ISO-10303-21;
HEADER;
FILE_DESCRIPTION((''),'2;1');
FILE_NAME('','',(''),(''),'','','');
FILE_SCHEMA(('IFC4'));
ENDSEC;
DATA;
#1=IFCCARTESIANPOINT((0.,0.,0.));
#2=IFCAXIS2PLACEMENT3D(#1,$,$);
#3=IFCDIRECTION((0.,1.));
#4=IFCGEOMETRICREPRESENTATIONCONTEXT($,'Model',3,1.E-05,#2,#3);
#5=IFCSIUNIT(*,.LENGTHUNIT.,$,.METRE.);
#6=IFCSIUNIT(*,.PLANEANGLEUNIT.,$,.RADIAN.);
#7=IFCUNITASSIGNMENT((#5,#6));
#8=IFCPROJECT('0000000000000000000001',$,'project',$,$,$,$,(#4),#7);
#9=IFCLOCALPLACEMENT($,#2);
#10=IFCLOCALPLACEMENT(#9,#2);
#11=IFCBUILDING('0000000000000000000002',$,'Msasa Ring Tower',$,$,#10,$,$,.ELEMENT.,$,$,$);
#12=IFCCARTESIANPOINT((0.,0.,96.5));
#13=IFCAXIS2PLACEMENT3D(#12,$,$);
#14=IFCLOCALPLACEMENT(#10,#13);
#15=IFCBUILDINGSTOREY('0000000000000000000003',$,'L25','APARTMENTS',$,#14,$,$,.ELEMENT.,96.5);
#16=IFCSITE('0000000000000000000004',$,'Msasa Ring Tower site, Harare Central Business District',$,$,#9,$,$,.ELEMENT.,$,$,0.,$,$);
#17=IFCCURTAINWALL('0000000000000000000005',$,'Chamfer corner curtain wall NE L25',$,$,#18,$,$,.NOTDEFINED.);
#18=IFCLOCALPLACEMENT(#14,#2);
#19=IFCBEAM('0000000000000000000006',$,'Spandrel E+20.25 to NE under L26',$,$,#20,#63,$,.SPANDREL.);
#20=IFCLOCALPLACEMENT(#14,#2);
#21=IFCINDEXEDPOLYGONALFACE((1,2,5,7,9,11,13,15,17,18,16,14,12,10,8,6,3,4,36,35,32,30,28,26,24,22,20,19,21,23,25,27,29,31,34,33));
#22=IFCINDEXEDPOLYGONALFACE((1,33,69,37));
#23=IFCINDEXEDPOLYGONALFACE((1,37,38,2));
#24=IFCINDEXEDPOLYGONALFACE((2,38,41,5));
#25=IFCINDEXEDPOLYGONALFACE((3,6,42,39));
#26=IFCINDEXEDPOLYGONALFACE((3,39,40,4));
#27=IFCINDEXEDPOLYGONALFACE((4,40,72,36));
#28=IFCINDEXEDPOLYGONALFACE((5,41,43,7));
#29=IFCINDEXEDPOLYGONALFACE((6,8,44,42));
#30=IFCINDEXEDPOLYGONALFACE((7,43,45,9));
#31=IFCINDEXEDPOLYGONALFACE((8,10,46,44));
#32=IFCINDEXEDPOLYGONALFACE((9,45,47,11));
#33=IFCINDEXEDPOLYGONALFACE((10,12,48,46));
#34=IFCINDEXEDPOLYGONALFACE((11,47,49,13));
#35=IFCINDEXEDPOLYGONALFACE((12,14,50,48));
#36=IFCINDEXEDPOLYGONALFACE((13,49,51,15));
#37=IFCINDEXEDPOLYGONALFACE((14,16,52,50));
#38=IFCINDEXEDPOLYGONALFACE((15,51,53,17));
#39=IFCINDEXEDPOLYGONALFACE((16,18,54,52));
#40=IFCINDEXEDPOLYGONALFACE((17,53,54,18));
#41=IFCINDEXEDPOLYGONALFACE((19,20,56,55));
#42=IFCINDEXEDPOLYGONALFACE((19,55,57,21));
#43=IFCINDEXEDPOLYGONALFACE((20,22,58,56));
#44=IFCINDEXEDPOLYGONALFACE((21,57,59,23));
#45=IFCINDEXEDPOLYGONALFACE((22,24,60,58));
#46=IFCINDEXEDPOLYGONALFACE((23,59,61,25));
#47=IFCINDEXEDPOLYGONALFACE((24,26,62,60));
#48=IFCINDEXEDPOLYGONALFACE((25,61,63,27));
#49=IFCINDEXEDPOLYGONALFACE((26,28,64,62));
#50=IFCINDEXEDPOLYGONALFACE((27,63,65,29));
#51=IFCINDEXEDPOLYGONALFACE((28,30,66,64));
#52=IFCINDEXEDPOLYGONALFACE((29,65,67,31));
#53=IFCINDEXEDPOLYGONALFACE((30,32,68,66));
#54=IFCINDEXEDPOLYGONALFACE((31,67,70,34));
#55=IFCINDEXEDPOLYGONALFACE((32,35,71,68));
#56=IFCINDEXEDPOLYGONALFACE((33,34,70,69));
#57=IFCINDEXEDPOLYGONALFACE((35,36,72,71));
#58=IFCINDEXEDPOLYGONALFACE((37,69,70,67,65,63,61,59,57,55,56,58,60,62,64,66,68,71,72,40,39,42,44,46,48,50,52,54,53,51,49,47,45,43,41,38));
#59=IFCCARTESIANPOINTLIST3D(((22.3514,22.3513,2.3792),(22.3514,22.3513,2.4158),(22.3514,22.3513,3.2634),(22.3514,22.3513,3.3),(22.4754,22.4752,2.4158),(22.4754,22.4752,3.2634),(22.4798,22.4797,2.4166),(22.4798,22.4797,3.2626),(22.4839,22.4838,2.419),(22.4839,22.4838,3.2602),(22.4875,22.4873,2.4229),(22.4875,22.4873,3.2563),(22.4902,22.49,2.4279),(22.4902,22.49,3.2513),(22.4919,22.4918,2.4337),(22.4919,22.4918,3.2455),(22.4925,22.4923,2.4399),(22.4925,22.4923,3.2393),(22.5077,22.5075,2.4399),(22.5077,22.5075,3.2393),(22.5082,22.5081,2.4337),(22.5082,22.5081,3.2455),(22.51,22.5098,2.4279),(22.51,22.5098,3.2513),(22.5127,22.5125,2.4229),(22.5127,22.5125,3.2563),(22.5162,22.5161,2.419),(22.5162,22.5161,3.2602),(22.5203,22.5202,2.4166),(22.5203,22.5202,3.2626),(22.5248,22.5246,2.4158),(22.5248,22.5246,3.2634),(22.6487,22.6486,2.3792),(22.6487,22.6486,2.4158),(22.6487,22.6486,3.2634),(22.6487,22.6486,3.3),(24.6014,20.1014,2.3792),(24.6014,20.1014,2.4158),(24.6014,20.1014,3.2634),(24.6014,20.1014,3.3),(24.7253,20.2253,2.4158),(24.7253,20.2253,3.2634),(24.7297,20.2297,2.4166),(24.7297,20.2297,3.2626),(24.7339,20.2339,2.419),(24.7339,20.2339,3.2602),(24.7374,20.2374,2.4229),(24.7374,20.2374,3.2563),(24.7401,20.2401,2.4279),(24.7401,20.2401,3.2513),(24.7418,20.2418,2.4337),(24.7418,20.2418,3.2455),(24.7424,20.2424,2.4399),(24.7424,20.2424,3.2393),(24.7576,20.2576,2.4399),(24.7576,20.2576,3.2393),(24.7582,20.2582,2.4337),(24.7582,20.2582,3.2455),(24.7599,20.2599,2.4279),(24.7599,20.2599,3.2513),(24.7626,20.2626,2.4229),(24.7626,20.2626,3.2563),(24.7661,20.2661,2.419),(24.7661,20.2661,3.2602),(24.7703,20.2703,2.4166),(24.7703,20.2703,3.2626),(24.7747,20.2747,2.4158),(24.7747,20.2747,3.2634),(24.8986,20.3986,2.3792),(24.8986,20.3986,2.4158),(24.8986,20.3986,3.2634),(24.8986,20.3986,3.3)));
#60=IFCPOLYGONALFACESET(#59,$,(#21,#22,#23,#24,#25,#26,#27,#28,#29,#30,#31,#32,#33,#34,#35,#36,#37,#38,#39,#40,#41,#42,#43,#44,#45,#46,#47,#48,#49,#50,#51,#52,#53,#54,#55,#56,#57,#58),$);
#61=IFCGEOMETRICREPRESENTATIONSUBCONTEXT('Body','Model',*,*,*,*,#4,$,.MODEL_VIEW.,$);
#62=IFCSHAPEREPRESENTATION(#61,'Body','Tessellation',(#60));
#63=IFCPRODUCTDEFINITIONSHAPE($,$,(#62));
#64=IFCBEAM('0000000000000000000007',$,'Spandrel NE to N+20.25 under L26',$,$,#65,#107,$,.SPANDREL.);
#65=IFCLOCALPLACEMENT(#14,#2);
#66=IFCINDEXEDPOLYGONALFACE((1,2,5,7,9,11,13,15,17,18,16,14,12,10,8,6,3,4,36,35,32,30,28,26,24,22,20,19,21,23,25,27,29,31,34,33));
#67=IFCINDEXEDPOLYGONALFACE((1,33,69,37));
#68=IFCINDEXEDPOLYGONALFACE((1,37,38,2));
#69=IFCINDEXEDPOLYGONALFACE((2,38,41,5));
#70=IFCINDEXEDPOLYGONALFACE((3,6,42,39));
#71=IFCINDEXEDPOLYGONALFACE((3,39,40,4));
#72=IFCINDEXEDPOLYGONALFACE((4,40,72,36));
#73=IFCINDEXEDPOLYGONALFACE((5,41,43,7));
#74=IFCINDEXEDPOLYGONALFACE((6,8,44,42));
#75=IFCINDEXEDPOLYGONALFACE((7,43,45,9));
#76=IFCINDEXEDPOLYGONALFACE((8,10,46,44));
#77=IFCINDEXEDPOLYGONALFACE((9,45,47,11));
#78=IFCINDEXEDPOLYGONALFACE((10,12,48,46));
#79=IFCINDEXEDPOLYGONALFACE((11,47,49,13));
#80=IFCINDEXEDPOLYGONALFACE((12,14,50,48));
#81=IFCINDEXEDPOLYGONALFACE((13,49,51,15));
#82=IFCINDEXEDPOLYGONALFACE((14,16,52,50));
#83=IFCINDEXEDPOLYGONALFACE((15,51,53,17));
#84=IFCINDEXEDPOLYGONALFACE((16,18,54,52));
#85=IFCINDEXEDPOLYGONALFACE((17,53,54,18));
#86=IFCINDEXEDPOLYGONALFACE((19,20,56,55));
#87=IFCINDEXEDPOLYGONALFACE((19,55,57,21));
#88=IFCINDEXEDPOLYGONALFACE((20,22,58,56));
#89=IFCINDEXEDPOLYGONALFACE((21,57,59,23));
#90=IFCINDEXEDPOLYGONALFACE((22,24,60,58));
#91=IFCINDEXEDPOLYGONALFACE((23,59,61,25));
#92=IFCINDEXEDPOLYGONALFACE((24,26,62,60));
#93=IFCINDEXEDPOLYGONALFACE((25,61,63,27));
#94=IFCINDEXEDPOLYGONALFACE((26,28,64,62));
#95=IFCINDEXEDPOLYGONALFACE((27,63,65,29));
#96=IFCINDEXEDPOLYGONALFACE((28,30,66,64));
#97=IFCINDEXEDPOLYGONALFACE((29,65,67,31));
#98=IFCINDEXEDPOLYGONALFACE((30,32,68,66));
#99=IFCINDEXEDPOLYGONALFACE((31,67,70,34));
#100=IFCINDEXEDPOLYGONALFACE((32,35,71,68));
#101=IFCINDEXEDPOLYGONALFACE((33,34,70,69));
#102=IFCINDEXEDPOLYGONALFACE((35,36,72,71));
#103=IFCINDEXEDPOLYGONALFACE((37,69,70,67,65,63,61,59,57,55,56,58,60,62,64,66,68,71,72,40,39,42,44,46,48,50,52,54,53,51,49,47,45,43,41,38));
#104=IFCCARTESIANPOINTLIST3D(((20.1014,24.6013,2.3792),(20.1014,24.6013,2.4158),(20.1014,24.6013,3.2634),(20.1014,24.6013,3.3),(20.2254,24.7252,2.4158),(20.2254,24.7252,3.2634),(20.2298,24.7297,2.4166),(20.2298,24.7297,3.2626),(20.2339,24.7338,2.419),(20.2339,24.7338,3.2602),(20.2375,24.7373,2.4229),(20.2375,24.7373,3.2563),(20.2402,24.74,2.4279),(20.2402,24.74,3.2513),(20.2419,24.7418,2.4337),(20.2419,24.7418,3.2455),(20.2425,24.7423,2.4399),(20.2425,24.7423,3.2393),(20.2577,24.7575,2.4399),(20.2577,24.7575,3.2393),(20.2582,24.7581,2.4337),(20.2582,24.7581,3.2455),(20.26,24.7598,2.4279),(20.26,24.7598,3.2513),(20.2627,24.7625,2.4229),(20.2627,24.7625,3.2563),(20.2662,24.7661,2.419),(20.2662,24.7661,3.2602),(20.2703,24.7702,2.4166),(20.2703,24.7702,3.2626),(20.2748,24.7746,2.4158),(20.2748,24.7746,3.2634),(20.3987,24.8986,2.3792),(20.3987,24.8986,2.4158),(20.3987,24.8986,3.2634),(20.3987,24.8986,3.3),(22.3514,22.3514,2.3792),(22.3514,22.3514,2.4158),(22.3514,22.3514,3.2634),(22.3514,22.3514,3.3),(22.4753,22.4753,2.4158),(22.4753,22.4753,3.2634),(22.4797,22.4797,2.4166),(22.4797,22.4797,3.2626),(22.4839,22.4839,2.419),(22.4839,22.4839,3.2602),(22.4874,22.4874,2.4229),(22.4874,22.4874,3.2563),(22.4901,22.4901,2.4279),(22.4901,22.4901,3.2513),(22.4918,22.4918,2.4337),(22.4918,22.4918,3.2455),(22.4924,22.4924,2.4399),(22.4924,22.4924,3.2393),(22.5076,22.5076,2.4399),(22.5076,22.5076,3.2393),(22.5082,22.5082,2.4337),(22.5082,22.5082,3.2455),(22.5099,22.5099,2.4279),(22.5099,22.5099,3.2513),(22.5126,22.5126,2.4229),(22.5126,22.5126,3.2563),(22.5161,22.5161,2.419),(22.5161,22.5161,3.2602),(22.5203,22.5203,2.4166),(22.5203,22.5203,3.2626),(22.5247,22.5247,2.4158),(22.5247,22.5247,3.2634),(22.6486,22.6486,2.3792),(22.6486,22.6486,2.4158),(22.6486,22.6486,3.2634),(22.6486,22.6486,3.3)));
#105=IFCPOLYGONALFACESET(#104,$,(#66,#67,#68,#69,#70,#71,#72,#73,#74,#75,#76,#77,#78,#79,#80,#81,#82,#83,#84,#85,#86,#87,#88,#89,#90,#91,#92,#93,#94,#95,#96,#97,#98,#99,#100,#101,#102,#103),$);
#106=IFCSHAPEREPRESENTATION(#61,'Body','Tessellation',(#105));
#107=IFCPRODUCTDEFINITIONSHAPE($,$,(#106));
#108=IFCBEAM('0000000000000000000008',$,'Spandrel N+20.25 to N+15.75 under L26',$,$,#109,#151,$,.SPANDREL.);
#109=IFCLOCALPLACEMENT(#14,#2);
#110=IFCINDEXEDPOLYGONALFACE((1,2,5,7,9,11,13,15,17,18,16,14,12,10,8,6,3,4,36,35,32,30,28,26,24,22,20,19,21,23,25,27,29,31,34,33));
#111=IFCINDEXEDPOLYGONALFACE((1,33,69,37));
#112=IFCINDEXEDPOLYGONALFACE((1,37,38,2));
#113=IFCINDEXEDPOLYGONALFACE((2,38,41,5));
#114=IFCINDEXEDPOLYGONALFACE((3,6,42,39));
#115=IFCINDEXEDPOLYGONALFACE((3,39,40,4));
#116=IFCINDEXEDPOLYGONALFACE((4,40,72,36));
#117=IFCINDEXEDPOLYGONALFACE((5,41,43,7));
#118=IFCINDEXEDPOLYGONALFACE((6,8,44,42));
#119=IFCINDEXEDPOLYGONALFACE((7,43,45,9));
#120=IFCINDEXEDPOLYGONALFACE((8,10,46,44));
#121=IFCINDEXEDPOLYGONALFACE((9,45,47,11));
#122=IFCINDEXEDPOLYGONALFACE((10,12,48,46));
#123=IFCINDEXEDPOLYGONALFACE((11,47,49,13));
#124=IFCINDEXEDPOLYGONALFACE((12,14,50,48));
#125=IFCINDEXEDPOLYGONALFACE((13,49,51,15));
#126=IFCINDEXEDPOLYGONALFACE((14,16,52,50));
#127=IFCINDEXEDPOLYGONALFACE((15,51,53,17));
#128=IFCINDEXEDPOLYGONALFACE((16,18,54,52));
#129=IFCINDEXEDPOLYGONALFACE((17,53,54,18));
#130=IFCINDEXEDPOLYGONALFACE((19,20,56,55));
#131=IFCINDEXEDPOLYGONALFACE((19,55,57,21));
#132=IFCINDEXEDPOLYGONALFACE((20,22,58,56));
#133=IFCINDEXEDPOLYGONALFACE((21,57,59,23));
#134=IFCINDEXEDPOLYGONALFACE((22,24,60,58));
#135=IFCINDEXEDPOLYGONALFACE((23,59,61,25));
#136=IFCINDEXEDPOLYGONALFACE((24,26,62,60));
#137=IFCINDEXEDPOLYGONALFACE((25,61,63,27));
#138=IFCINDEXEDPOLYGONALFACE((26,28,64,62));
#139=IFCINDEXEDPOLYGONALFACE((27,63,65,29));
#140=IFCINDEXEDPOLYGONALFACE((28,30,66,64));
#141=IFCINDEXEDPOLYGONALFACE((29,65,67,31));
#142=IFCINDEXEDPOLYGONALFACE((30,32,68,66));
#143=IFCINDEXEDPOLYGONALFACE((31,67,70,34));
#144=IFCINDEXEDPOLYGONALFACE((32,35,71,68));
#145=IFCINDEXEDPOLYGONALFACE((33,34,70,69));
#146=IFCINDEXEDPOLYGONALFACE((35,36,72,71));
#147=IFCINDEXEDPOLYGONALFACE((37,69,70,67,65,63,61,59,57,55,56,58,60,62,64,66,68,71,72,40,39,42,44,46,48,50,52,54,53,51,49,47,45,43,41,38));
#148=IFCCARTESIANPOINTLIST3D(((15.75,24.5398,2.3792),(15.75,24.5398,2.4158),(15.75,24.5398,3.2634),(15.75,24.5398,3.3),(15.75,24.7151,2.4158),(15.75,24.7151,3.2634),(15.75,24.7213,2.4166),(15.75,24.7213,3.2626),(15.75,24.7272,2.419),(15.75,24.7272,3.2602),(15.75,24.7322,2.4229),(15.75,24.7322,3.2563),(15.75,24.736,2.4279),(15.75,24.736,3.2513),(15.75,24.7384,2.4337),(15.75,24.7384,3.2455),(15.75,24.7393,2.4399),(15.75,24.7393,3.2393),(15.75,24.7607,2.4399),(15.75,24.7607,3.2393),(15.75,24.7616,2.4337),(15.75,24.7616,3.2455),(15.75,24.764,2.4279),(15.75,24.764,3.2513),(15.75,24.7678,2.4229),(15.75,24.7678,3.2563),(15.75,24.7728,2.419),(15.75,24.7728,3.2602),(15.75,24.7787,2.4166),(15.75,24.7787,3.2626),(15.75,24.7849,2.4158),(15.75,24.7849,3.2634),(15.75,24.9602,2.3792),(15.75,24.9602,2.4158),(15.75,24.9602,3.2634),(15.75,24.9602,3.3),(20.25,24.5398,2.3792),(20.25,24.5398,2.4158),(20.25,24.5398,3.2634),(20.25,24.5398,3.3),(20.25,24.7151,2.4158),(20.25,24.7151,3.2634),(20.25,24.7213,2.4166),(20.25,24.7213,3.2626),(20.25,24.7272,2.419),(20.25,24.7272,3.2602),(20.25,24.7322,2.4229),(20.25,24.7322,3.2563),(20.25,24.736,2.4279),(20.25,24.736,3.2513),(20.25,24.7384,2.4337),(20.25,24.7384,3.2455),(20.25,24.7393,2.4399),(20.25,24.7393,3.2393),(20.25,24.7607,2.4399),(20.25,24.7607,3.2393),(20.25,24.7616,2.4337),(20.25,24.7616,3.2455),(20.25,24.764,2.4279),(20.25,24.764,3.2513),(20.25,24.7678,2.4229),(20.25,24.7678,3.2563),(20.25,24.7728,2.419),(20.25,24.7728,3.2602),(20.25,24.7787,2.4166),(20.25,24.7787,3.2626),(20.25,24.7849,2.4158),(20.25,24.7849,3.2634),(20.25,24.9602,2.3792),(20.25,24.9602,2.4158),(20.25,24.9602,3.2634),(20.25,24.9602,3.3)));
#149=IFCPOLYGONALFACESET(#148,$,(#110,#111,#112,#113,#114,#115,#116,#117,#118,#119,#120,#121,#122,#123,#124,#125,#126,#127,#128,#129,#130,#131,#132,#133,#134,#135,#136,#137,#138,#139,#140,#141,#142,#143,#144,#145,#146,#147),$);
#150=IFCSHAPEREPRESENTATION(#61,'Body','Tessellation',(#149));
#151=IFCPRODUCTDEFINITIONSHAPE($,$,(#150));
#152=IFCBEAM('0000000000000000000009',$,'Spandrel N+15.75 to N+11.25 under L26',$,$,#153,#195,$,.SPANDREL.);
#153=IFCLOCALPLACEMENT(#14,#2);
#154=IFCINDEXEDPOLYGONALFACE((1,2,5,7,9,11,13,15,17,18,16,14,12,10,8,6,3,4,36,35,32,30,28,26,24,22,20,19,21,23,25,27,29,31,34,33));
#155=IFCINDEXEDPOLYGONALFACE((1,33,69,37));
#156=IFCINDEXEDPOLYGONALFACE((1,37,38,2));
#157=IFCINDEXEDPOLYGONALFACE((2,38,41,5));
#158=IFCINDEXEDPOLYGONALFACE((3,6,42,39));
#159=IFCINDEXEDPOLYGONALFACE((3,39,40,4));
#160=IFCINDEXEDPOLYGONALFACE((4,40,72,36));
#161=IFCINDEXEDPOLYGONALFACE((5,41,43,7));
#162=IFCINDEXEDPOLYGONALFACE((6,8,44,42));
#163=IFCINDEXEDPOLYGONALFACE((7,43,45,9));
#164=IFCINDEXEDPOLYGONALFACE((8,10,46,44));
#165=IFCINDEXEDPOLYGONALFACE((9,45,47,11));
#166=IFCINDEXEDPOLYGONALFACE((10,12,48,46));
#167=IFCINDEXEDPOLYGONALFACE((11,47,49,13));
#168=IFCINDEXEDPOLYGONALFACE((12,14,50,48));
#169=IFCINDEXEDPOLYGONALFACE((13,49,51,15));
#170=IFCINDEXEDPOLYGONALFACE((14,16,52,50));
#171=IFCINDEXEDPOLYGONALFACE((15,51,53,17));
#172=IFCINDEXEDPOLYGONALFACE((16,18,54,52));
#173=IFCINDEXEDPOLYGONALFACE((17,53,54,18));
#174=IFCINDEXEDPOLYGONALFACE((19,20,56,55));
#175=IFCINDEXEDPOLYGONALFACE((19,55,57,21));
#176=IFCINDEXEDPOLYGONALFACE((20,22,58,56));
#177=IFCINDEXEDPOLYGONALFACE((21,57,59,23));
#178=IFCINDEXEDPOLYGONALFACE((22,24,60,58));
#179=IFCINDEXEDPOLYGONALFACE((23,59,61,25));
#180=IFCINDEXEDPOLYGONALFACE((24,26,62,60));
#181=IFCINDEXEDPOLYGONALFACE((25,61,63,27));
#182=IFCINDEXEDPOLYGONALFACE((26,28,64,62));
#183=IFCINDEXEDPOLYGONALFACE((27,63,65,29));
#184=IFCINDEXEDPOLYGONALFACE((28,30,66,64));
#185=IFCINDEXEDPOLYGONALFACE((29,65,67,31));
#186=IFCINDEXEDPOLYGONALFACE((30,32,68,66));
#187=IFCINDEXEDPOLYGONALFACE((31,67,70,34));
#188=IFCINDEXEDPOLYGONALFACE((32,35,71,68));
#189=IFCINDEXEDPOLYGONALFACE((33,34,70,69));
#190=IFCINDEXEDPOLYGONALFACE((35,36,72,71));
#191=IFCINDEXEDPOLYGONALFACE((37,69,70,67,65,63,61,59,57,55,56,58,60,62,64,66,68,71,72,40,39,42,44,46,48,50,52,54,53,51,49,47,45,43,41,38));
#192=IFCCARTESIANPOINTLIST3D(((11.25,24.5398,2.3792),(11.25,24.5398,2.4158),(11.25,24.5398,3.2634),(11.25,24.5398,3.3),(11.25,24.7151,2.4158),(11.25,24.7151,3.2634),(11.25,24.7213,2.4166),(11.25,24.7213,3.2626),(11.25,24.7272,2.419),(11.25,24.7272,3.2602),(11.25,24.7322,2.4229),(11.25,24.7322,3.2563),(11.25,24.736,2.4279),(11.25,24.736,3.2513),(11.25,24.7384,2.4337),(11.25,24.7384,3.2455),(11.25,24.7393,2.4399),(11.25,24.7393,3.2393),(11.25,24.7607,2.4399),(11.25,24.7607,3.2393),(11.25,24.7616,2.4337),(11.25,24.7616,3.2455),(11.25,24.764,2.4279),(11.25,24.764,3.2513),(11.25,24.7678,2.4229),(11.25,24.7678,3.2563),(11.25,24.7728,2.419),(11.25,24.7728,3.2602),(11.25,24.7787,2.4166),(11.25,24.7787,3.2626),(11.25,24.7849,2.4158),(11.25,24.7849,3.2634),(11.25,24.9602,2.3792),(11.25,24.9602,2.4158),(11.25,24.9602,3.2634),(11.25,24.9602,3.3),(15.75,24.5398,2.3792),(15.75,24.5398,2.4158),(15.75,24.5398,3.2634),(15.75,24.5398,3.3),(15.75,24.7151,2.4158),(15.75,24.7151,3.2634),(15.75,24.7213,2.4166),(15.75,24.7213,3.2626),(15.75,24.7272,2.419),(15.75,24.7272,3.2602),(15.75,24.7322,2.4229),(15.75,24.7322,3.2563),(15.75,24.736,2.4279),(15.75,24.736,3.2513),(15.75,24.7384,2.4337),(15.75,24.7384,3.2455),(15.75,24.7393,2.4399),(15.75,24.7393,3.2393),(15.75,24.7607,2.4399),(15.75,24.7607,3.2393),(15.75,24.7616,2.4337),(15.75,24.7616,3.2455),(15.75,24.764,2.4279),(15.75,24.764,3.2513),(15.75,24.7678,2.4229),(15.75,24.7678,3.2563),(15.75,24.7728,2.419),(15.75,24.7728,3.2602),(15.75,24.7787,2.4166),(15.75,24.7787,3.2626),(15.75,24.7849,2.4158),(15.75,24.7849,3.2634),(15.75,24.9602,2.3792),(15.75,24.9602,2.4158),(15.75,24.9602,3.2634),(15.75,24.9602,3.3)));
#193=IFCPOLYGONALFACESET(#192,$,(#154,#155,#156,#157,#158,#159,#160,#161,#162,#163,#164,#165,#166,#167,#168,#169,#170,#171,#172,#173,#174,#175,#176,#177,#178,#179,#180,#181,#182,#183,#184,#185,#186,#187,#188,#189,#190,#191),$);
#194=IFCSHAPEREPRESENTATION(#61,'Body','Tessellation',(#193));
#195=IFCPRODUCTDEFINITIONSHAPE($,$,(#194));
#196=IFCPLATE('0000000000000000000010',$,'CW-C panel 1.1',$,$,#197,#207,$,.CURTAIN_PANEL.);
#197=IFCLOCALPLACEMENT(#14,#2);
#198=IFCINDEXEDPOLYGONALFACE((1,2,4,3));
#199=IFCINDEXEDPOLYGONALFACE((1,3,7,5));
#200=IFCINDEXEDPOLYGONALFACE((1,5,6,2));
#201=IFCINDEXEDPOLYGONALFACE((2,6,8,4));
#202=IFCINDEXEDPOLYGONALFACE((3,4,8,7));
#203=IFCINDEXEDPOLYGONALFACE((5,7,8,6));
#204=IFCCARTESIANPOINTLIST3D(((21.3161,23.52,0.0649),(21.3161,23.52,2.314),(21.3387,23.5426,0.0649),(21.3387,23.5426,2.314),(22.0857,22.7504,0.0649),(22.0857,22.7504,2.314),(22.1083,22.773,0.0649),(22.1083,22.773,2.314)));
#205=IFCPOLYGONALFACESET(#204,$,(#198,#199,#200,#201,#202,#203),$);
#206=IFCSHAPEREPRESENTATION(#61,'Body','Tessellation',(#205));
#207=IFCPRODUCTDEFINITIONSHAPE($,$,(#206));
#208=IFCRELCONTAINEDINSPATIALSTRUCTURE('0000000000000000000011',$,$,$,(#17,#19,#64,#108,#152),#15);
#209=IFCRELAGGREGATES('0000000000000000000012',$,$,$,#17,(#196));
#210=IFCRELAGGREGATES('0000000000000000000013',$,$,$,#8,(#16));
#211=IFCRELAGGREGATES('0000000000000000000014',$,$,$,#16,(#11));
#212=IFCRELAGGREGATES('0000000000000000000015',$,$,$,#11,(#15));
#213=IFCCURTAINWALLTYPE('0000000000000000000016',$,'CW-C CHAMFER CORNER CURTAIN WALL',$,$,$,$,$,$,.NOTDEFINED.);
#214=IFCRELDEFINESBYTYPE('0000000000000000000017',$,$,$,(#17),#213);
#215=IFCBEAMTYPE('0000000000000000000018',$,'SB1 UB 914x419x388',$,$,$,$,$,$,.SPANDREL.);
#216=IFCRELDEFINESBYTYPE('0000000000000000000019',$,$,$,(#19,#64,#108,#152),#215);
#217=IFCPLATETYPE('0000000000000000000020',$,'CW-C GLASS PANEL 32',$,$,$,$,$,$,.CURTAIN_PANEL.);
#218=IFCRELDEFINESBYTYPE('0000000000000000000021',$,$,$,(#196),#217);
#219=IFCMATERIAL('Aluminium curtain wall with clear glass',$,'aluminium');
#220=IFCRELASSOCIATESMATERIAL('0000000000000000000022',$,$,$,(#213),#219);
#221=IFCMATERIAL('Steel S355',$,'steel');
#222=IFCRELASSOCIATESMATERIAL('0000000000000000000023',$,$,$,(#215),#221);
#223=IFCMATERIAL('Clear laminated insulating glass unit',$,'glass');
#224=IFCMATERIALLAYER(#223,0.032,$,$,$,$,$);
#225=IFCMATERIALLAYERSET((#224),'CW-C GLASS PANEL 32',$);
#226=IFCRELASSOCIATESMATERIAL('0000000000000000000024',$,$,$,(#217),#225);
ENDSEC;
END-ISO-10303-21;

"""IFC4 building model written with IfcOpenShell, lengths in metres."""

from ifc_helpers import new_model, si_unit, direction, frame, origin, origin_2d, place, context, subcontext, project, spatial, rectangle, i_section, extrude, material, layer, layer_set, material_profile, profile_set, type_object, element, aggregate, save


model = new_model("IFC4")

# Units and contexts
model_context = context("Model", 3, precision=1e-05, world=origin(), true_north=direction((0.0, 1.0)))
body_context = subcontext(model_context, "Body", "Model", "MODEL_VIEW")
ifc_project = project(units=[si_unit("LENGTHUNIT", "METRE"), si_unit("PLANEANGLEUNIT", "RADIAN")], contexts=[model_context])

# Site, building, storey
site_placement = place(None, origin())
site = spatial("IfcSite", under=ifc_project, at=site_placement, Name="Msasa Ring Tower site, Harare Central Business District", CompositionType="ELEMENT", RefElevation=0.0)
building_placement = place(site_placement, origin())
building = spatial("IfcBuilding", under=site, at=building_placement, Name="Msasa Ring Tower", CompositionType="ELEMENT")
storey_placement = place(building_placement, frame((0.0, 0.0, 96.5)))
storey = spatial("IfcBuildingStorey", under=building, at=storey_placement, Name="L25", Description="APARTMENTS", CompositionType="ELEMENT", Elevation=96.5)

# Curtain wall
ifc_material_1 = material(Name="Aluminium curtain wall with clear glass", Category="aluminium")
curtain_wall_type = type_object("IfcCurtainWallType", Name="CW-C CHAMFER CORNER CURTAIN WALL", PredefinedType="NOTDEFINED", material=ifc_material_1)
curtain_wall_1_placement = place(storey_placement, origin())
curtain_wall_1 = element("IfcCurtainWall", 1, at=curtain_wall_1_placement, inside=storey, type_object=curtain_wall_type, Name="Chamfer corner curtain wall NE L25", PredefinedType="NOTDEFINED")

# Beams
ifc_material_2 = material(Name="Steel S355", Category="steel")
ifc_material_profile_1 = material_profile(ifc_material_2, i_section(OverallWidth=0.4204, OverallDepth=0.9209, WebThickness=0.0215, FlangeThickness=0.0366, FilletRadius=0.0242, at=origin_2d()), Name="UB 914x419x388")
ifc_profile_set_1 = profile_set([ifc_material_profile_1], Name="Steel S355")
beam_type_1 = type_object("IfcBeamType", Name="SB1 UB 914x419x388", PredefinedType="SPANDREL", material=ifc_profile_set_1)
for number, where, z_axis, x_axis, name in (
    (2, (24.75, 20.25, 2.8396), (-0.707107, 0.707107, 0.0), (-0.707107, -0.707107, 0.0), "Spandrel E+20.25 to NE under L26"),
    (3, (22.5, 22.5, 2.8396), (-0.707107, 0.707107, 0.0), (-0.707107, -0.707107, 0.0), "Spandrel NE to N+20.25 under L26"),
):
    element("IfcBeam", number, at=place(storey_placement, frame(where, z_axis=z_axis, x_axis=x_axis)), inside=storey, type_object=beam_type_1, Name=name, PredefinedType="SPANDREL", context=body_context, shape_type="SweptSolid", body=[
        extrude(i_section(OverallWidth=0.4204, OverallDepth=0.9209, WebThickness=0.0215, FlangeThickness=0.0366, FilletRadius=0.0242, at=origin_2d()), origin(), (0.0, 0.0, 1.0), 3.1819),
    ])
for number, where, z_axis, x_axis, name in (
    (4, (20.25, 24.75, 2.8396), (-1.0, 0.0, 0.0), (0.0, -1.0, 0.0), "Spandrel N+20.25 to N+15.75 under L26"),
    (5, (15.75, 24.75, 2.8396), (-1.0, 0.0, 0.0), (0.0, -1.0, 0.0), "Spandrel N+15.75 to N+11.25 under L26"),
):
    element("IfcBeam", number, at=place(storey_placement, frame(where, z_axis=z_axis, x_axis=x_axis)), inside=storey, type_object=beam_type_1, Name=name, PredefinedType="SPANDREL", context=body_context, shape_type="SweptSolid", body=[
        extrude(i_section(OverallWidth=0.4204, OverallDepth=0.9209, WebThickness=0.0215, FlangeThickness=0.0366, FilletRadius=0.0242, at=origin_2d()), origin(), (0.0, 0.0, 1.0), 4.5),
    ])

# Plate
ifc_material_3 = material(Name="Clear laminated insulating glass unit", Category="glass")
ifc_layer_1 = layer(ifc_material_3, 0.032)
ifc_layer_set_1 = layer_set([ifc_layer_1], Name="CW-C GLASS PANEL 32")
plate_type = type_object("IfcPlateType", Name="CW-C GLASS PANEL 32", PredefinedType="CURTAIN_PANEL", material=ifc_layer_set_1)
plate_1_placement = place(storey_placement, frame((21.7122, 23.1465, 0.0649), z_axis=(0.0, 0.0, 1.0), x_axis=(-0.707107, 0.707107, 0.0)))
plate_1 = element("IfcPlate", 6, at=plate_1_placement, type_object=plate_type, Name="CW-C panel 1.1", PredefinedType="CURTAIN_PANEL", context=body_context, shape_type="SweptSolid", body=[
    extrude(rectangle(XDim=1.0884, YDim=0.032, at=origin_2d()), origin(), (0.0, 0.0, 1.0), 2.249),
])
aggregate(curtain_wall_1, [plate_1])

save(model, "model.ifc")
